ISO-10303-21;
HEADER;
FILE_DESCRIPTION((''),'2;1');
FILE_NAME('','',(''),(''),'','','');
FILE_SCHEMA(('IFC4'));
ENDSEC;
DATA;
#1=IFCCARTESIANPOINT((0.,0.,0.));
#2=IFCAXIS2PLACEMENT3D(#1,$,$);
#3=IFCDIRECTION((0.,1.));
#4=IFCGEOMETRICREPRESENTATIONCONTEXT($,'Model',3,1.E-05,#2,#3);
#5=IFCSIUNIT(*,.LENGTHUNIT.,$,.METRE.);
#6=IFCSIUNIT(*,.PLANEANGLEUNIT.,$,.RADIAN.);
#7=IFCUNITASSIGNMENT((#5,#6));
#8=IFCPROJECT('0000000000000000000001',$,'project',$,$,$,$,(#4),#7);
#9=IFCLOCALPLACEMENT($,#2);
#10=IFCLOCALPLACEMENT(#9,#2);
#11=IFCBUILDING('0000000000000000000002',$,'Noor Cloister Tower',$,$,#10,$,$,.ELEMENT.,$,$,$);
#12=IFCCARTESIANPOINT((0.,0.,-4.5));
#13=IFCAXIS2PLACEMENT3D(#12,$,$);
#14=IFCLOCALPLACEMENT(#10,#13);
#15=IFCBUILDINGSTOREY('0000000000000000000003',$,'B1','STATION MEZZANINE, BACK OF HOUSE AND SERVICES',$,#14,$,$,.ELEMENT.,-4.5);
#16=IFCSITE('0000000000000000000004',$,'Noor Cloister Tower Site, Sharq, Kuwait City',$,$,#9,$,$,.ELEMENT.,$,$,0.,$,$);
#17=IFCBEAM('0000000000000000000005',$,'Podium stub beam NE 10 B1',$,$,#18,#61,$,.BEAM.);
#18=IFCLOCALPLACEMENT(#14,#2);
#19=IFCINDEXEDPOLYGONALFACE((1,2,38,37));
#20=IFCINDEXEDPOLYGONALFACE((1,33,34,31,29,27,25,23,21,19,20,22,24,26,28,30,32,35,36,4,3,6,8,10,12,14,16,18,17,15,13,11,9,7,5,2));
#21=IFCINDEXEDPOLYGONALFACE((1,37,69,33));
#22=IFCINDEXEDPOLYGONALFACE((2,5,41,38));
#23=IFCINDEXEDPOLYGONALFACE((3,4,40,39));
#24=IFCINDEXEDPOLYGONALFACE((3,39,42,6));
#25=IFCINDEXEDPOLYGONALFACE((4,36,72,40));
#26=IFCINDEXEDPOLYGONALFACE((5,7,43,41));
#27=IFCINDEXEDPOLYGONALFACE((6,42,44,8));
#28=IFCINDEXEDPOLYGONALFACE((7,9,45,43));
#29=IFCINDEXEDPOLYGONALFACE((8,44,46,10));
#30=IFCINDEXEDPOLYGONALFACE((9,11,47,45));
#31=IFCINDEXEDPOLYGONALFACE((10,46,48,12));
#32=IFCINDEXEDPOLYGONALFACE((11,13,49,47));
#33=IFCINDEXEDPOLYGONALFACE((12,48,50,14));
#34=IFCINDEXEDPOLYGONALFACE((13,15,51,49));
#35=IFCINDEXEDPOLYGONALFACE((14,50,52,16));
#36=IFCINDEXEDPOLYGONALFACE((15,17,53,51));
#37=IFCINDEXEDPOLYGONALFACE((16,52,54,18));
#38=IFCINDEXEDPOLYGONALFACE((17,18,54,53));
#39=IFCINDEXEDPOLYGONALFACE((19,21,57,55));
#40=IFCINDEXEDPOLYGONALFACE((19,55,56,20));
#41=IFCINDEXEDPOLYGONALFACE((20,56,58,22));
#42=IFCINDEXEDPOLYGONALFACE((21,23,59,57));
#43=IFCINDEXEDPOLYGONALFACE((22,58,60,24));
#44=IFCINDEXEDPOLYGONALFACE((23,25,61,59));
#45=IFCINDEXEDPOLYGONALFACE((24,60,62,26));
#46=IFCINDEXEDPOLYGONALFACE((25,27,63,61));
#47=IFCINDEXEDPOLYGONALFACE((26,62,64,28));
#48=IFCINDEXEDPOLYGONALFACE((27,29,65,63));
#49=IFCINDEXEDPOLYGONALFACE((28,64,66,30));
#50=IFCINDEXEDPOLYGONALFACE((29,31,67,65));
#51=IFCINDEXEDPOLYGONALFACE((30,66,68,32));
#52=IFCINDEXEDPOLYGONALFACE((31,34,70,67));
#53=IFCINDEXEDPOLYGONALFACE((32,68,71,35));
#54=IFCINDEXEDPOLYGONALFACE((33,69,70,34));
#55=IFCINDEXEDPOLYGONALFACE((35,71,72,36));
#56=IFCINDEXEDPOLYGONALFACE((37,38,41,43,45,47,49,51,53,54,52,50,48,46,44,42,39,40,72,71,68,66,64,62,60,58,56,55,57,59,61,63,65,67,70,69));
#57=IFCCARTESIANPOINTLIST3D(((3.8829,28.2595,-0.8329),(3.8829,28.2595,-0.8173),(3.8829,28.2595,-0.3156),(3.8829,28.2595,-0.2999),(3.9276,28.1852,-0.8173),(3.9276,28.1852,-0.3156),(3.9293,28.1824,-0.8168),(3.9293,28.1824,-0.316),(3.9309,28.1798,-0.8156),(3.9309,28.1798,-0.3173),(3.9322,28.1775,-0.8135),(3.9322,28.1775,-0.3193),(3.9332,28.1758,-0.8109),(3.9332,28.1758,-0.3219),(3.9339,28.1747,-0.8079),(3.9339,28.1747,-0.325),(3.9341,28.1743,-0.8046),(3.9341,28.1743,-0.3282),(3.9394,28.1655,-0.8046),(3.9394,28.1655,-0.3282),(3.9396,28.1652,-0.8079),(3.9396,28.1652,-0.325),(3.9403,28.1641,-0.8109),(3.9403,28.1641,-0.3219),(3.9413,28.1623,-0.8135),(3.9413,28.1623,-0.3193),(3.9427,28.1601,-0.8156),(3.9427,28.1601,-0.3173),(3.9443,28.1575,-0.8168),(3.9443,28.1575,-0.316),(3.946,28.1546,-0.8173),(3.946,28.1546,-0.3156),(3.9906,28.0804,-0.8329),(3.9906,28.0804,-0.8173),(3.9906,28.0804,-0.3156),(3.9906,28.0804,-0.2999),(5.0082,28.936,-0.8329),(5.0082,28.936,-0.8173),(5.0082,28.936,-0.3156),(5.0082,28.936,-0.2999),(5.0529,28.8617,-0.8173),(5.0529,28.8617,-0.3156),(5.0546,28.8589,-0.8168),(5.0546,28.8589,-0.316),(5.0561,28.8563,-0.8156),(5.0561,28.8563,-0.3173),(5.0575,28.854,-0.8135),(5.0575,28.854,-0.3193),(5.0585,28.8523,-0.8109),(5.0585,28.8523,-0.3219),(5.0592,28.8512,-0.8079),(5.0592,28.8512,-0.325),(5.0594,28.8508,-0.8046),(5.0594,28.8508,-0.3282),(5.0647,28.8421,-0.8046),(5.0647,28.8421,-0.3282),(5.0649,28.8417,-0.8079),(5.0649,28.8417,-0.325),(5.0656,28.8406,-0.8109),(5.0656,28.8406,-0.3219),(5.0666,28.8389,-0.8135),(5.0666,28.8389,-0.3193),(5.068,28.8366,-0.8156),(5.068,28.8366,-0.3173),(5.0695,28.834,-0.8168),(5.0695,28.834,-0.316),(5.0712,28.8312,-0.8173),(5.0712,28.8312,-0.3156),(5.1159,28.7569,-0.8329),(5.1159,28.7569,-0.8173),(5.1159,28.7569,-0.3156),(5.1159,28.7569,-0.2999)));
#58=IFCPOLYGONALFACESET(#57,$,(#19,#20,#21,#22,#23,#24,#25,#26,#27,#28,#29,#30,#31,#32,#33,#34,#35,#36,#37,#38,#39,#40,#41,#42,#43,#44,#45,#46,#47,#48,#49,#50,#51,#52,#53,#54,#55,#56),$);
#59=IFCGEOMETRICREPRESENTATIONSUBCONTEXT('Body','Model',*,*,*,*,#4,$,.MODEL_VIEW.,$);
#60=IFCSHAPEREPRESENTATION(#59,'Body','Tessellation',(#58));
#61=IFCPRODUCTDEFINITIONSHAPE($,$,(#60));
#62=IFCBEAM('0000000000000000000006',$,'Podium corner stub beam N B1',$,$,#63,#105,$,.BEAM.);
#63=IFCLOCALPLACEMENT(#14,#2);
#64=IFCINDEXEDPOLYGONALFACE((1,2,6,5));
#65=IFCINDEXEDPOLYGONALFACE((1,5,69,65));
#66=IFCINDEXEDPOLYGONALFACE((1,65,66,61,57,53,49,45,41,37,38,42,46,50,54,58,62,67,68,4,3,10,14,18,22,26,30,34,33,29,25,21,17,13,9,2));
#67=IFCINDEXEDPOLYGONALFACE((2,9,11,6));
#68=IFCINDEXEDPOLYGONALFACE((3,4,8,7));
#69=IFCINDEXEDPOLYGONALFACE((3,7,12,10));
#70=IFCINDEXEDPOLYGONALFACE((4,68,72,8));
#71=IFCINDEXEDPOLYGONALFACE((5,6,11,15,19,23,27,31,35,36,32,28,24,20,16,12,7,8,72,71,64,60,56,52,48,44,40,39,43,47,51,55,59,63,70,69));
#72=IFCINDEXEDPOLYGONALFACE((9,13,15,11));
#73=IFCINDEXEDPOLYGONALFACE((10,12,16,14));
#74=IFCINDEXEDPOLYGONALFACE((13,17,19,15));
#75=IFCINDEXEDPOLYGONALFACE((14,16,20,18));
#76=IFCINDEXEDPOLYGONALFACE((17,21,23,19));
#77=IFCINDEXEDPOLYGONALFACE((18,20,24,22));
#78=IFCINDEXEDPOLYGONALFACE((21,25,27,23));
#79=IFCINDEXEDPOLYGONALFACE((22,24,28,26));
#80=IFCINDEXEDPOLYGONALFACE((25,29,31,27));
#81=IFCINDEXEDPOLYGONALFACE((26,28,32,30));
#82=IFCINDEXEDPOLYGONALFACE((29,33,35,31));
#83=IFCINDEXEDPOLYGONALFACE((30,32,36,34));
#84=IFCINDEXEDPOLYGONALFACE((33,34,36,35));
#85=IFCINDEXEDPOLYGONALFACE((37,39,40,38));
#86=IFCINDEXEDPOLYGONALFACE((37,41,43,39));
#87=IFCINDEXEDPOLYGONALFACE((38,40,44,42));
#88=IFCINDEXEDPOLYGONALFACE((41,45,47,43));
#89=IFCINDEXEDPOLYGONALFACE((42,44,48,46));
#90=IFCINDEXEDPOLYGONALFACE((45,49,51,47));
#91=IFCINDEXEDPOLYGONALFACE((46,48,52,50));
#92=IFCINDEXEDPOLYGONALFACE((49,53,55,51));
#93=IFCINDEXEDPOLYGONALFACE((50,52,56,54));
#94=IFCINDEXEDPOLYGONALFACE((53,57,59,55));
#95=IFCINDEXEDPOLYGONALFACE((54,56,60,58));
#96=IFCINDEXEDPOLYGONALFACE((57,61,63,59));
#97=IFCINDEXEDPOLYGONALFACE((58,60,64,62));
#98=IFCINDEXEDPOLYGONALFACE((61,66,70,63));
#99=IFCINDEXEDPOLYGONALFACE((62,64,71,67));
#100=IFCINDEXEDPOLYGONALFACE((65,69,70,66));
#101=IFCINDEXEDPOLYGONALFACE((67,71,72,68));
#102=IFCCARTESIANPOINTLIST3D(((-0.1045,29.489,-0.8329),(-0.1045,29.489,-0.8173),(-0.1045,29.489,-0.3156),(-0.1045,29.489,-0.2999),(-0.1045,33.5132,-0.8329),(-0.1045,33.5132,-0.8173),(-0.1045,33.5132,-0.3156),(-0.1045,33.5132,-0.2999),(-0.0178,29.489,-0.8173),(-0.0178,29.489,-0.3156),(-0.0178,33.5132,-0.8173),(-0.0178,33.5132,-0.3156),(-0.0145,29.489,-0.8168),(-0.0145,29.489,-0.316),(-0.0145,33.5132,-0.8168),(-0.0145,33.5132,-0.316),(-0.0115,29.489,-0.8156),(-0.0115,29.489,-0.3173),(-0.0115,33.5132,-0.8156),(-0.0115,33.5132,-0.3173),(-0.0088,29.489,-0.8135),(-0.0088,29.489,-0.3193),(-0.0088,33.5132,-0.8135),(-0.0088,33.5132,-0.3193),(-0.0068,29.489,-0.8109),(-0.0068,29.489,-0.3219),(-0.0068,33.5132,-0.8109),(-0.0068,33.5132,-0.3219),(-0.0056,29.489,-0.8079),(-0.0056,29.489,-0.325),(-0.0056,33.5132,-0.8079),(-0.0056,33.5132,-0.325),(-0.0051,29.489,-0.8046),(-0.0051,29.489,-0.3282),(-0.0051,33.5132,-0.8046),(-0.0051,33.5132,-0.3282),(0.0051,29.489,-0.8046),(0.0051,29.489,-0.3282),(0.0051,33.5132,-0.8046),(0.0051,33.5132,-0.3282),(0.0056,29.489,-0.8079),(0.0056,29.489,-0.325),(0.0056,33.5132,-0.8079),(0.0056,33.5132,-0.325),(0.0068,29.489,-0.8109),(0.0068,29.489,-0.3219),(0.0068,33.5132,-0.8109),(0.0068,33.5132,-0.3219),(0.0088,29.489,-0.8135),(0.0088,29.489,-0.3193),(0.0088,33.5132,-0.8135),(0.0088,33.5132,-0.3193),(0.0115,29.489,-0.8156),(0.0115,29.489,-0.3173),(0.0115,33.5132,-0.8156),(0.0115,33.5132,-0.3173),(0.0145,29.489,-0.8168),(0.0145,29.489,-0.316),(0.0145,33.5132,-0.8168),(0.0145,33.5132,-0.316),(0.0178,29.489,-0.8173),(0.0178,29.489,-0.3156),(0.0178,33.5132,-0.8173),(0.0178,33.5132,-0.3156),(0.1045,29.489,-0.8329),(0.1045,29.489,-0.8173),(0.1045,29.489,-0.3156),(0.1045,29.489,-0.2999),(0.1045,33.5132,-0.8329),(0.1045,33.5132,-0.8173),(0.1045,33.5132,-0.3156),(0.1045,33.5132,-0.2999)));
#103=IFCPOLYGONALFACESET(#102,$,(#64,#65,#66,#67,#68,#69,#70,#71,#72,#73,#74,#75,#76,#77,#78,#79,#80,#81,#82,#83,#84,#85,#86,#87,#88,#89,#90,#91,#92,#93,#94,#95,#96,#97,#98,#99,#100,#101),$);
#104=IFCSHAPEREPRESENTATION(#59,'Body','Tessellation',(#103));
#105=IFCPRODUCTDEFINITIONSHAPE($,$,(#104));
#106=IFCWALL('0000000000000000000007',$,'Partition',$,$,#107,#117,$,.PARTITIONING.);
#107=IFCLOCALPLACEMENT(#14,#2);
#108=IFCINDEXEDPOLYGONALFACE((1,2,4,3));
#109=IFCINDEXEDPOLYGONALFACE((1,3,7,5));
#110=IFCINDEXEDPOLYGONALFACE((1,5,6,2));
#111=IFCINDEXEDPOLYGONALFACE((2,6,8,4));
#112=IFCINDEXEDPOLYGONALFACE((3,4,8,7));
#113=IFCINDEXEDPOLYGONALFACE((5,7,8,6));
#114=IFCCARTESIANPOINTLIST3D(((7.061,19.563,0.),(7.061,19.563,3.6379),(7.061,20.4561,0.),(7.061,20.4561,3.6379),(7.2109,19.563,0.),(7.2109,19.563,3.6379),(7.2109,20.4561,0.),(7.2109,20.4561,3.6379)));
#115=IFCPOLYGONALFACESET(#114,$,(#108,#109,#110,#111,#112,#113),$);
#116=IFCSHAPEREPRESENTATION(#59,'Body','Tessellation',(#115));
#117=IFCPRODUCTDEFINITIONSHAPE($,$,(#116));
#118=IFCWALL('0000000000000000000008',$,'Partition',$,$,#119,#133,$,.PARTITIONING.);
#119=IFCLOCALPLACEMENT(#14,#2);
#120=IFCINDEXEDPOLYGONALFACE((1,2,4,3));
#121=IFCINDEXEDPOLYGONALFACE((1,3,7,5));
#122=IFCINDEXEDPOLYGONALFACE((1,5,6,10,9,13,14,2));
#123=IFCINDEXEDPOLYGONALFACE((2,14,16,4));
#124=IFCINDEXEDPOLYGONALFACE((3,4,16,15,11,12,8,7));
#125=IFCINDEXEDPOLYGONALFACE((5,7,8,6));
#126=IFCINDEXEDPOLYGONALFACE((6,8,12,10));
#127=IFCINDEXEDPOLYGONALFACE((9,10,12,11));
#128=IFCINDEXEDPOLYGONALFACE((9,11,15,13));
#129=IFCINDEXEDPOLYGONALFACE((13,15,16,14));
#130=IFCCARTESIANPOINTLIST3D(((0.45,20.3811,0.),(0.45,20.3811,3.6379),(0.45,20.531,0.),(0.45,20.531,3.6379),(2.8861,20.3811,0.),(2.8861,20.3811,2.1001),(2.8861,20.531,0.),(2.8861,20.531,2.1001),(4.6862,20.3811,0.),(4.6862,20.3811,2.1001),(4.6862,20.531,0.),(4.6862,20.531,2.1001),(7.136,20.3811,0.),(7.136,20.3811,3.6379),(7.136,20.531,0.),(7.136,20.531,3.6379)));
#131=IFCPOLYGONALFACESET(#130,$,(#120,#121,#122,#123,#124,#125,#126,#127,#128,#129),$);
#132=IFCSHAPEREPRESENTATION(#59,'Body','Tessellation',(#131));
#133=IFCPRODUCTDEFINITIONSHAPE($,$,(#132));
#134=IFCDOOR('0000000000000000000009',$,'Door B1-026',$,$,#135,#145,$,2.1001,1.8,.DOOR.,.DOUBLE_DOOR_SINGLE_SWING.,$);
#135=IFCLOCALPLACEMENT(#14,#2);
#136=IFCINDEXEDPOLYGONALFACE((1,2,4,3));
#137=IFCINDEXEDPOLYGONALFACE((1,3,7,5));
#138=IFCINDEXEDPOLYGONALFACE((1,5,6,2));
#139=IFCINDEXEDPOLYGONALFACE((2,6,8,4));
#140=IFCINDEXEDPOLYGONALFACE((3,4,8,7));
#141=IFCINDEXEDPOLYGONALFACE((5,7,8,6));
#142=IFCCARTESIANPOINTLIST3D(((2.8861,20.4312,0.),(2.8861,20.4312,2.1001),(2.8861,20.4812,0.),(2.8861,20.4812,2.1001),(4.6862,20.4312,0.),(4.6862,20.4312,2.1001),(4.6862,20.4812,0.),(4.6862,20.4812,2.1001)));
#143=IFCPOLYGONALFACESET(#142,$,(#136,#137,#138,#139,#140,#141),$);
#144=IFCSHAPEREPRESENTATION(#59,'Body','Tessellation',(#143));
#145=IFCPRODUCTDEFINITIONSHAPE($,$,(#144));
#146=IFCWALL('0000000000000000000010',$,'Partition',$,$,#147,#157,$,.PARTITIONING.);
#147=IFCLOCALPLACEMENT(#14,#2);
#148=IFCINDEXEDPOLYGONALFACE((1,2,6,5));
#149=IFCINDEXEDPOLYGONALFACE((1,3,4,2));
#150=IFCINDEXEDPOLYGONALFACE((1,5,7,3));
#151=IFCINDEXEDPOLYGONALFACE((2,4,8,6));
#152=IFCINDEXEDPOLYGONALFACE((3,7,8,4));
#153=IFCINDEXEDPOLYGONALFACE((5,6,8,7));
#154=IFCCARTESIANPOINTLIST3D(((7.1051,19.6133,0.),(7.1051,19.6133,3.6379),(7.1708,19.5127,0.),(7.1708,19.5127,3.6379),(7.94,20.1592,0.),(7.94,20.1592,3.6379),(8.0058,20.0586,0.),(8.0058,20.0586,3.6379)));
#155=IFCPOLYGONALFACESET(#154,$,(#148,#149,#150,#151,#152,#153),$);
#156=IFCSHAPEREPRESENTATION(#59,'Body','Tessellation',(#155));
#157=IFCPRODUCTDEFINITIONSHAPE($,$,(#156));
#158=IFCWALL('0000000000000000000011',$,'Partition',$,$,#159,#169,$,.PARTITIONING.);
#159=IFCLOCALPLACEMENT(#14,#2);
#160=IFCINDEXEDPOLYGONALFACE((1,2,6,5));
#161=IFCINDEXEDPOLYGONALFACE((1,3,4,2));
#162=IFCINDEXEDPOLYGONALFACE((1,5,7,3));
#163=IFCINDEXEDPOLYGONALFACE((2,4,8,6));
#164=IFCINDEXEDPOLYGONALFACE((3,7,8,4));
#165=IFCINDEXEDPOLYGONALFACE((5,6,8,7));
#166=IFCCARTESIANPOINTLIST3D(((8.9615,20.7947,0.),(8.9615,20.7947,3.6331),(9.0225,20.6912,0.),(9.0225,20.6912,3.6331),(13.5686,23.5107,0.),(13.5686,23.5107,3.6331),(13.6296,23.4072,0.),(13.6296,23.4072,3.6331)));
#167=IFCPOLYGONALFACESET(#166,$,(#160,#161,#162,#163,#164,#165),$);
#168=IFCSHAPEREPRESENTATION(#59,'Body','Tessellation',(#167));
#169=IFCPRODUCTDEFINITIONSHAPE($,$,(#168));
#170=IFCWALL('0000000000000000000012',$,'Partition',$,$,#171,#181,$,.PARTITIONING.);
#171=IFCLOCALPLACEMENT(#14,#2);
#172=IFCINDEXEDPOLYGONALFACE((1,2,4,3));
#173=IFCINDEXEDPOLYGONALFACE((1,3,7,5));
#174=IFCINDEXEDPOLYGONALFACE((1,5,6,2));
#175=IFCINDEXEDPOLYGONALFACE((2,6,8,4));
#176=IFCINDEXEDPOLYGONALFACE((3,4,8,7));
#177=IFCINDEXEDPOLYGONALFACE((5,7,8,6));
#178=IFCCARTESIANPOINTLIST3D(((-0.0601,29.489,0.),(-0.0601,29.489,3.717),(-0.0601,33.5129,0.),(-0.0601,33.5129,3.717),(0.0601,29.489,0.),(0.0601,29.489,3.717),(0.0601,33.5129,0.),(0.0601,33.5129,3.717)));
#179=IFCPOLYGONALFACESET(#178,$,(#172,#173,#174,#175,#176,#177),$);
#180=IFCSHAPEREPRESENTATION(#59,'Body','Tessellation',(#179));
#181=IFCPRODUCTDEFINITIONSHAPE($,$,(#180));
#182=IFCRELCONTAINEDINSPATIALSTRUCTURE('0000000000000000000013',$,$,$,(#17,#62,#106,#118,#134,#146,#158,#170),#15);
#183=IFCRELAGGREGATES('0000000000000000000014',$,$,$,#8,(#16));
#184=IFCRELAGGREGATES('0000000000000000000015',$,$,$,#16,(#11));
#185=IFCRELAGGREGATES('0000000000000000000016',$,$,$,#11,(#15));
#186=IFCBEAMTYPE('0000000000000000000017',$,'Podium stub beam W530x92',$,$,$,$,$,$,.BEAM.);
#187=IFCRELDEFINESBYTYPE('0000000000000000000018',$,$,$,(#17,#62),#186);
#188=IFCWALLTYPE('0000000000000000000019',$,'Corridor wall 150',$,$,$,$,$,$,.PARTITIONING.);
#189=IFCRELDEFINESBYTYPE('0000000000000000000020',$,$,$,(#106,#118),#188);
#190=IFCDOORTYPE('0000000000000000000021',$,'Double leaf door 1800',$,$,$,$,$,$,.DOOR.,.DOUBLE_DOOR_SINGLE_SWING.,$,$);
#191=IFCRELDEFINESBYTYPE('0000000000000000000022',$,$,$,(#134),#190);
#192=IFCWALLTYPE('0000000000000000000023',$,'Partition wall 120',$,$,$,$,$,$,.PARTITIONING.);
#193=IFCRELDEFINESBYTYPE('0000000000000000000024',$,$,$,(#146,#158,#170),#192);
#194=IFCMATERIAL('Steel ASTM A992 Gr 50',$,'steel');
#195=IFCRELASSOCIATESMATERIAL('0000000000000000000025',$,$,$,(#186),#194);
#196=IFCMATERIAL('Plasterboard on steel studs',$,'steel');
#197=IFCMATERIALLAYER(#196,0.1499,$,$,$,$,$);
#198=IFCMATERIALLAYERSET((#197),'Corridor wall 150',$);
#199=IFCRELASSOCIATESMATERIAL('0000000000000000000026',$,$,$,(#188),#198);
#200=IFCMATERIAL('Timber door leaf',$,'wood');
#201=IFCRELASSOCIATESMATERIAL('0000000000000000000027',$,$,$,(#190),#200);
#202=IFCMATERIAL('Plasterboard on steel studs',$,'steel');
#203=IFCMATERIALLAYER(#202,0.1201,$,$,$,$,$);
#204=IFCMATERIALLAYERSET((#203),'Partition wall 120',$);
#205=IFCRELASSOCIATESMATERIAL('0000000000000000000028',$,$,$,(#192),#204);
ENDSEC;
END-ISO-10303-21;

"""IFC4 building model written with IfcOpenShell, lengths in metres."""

from ifc_helpers import new_model, si_unit, direction, frame, frame_2d, origin, origin_2d, place, context, subcontext, project, spatial, rectangle, i_section, extrude, material, layer, layer_set, material_profile, profile_set, type_object, element, fill, save


model = new_model("IFC4")

# Units and contexts
model_context = context("Model", 3, precision=1e-05, world=origin(), true_north=direction((0.0, 1.0)))
body_context = subcontext(model_context, "Body", "Model", "MODEL_VIEW")
ifc_project = project(units=[si_unit("LENGTHUNIT", "METRE"), si_unit("PLANEANGLEUNIT", "RADIAN")], contexts=[model_context])

# Site, building, storey
site_placement = place(None, origin())
site = spatial("IfcSite", under=ifc_project, at=site_placement, Name="Noor Cloister Tower Site, Sharq, Kuwait City", CompositionType="ELEMENT", RefElevation=0.0)
building_placement = place(site_placement, origin())
building = spatial("IfcBuilding", under=site, at=building_placement, Name="Noor Cloister Tower", CompositionType="ELEMENT")
storey_placement = place(building_placement, frame((0.0, 0.0, -4.5)))
storey = spatial("IfcBuildingStorey", under=building, at=storey_placement, Name="B1", Description="STATION MEZZANINE, BACK OF HOUSE AND SERVICES", CompositionType="ELEMENT", Elevation=-4.5)

# Beams
ifc_material_1 = material(Name="Steel ASTM A992 Gr 50", Category="steel")
ifc_material_profile_1 = material_profile(ifc_material_1, i_section(OverallWidth=0.209, OverallDepth=0.533, WebThickness=0.0103, FlangeThickness=0.0156, FilletRadius=0.0127, at=origin_2d()), Name="W530x92")
ifc_profile_set_1 = profile_set([ifc_material_profile_1], Name="Steel ASTM A992 Gr 50")
beam_type_1 = type_object("IfcBeamType", Name="Podium stub beam W530x92", PredefinedType="BEAM", material=ifc_profile_set_1)
beam_1_placement = place(storey_placement, frame((3.9368, 28.1699, -0.5664), z_axis=(0.857033, 0.515261, 0.0), x_axis=(-0.515261, 0.857033, 0.0)))
element("IfcBeam", 1, at=beam_1_placement, inside=storey, type_object=beam_type_1, Name="Podium stub beam NE 10 B1", PredefinedType="BEAM", context=body_context, shape_type="SweptSolid", body=[
    extrude(i_section(OverallWidth=0.209, OverallDepth=0.533, WebThickness=0.0103, FlangeThickness=0.0156, FilletRadius=0.0127, at=origin_2d()), origin(), (0.0, 0.0, 1.0), 1.313),
])
beam_2_placement = place(storey_placement, frame((0.0, 29.489, -0.5664), z_axis=(0.0, 1.0, 0.0), x_axis=(-1.0, 0.0, 0.0)))
element("IfcBeam", 2, at=beam_2_placement, inside=storey, type_object=beam_type_1, Name="Podium corner stub beam N B1", PredefinedType="BEAM", context=body_context, shape_type="SweptSolid", body=[
    extrude(i_section(OverallWidth=0.209, OverallDepth=0.533, WebThickness=0.0103, FlangeThickness=0.0156, FilletRadius=0.0127, at=origin_2d()), origin(), (0.0, 0.0, 1.0), 4.0242),
])

# Wall
ifc_material_2 = material(Name="Plasterboard on steel studs", Category="steel")
ifc_layer_1 = layer(ifc_material_2, 0.1499)
ifc_layer_set_1 = layer_set([ifc_layer_1], Name="Corridor wall 150")
wall_type_1 = type_object("IfcWallType", Name="Corridor wall 150", PredefinedType="PARTITIONING", material=ifc_layer_set_1)
wall_1_placement = place(storey_placement, frame((7.136, 19.563, 0.0), z_axis=(0.0, 0.0, 1.0), x_axis=(0.0, 1.0, 0.0)))
element("IfcWall", 3, at=wall_1_placement, inside=storey, type_object=wall_type_1, Name="Partition", PredefinedType="PARTITIONING", context=body_context, shape_type="SweptSolid", body=[
    extrude(rectangle(XDim=0.8931, YDim=0.1499, at=frame_2d((0.4465, 0.0))), origin(), (0.0, 0.0, 1.0), 3.6379),
])

# Wall, opening, door
wall_2_placement = place(storey_placement, frame((7.136, 20.4561, 0.0), z_axis=(0.0, 0.0, 1.0), x_axis=(-1.0, 0.0, 0.0)))
wall_2 = element("IfcWall", 4, at=wall_2_placement, inside=storey, type_object=wall_type_1, Name="Partition", PredefinedType="PARTITIONING", context=body_context, shape_type="SweptSolid", body=[
    extrude(rectangle(XDim=6.686, YDim=0.1499, at=frame_2d((3.343, 0.0))), origin(), (0.0, 0.0, 1.0), 3.6379),
])
opening_placement = place(wall_2_placement, frame((2.45, 0.0, 0.0)))
opening = element("IfcOpeningElement", 5, at=opening_placement, cuts=wall_2, PredefinedType="OPENING", context=body_context, shape_type="SweptSolid", body=[
    extrude(rectangle(XDim=1.8, YDim=2.1001, at=frame_2d((0.8999, 1.05))), frame((0.0, 0.085, 0.0), z_axis=(0.0, -1.0, 0.0), x_axis=(1.0, 0.0, 0.0)), (0.0, 0.0, 1.0), 0.1699),
])
ifc_material_3 = material(Name="Timber door leaf", Category="wood")
door_type = type_object("IfcDoorType", Name="Double leaf door 1800", OperationType="DOUBLE_DOOR_SINGLE_SWING", PredefinedType="DOOR", material=ifc_material_3)
door_placement = place(opening_placement, origin())
door = element("IfcDoor", 6, at=door_placement, inside=storey, type_object=door_type, Name="Door B1-026", OperationType="DOUBLE_DOOR_SINGLE_SWING", OverallHeight=2.1001, OverallWidth=1.8, PredefinedType="DOOR", context=body_context, shape_type="SweptSolid", body=[
    extrude(rectangle(XDim=1.8, YDim=2.1001, at=frame_2d((0.8999, 1.05))), frame((0.0, 0.0249, 0.0), z_axis=(0.0, -1.0, 0.0), x_axis=(1.0, 0.0, 0.0)), (0.0, 0.0, 1.0), 0.05),
])
fill(opening, door)

# Walls
ifc_material_4 = material(Name="Plasterboard on steel studs", Category="steel")
ifc_layer_2 = layer(ifc_material_4, 0.1201)
ifc_layer_set_2 = layer_set([ifc_layer_2], Name="Partition wall 120")
wall_type_2 = type_object("IfcWallType", Name="Partition wall 120", PredefinedType="PARTITIONING", material=ifc_layer_set_2)
wall_3_placement = place(storey_placement, frame((7.9729, 20.1089, 0.0), z_axis=(0.0, 0.0, 1.0), x_axis=(-0.836987, -0.547223, 0.0)))
element("IfcWall", 7, at=wall_3_placement, inside=storey, type_object=wall_type_2, Name="Partition", PredefinedType="PARTITIONING", context=body_context, shape_type="SweptSolid", body=[
    extrude(rectangle(XDim=0.9976, YDim=0.1201, at=frame_2d((0.4988, 0.0))), origin(), (0.0, 0.0, 1.0), 3.6379),
])
wall_4_placement = place(storey_placement, frame((13.5991, 23.459, 0.0), z_axis=(0.0, 0.0, 1.0), x_axis=(-0.861447, -0.507848, 0.0)))
element("IfcWall", 8, at=wall_4_placement, inside=storey, type_object=wall_type_2, Name="Partition", PredefinedType="PARTITIONING", context=body_context, shape_type="SweptSolid", body=[
    extrude(rectangle(XDim=5.3481, YDim=0.1201, at=frame_2d((2.6741, 0.0))), origin(), (0.0, 0.0, 1.0), 3.6331),
])
wall_5_placement = place(storey_placement, frame((0.0, 29.489, 0.0), z_axis=(0.0, 0.0, 1.0), x_axis=(0.0, 1.0, 0.0)))
element("IfcWall", 9, at=wall_5_placement, inside=storey, type_object=wall_type_2, Name="Partition", PredefinedType="PARTITIONING", context=body_context, shape_type="SweptSolid", body=[
    extrude(rectangle(XDim=4.0239, YDim=0.1201, at=frame_2d((2.012, 0.0))), origin(), (0.0, 0.0, 1.0), 3.717),
])

save(model, "model.ifc")
